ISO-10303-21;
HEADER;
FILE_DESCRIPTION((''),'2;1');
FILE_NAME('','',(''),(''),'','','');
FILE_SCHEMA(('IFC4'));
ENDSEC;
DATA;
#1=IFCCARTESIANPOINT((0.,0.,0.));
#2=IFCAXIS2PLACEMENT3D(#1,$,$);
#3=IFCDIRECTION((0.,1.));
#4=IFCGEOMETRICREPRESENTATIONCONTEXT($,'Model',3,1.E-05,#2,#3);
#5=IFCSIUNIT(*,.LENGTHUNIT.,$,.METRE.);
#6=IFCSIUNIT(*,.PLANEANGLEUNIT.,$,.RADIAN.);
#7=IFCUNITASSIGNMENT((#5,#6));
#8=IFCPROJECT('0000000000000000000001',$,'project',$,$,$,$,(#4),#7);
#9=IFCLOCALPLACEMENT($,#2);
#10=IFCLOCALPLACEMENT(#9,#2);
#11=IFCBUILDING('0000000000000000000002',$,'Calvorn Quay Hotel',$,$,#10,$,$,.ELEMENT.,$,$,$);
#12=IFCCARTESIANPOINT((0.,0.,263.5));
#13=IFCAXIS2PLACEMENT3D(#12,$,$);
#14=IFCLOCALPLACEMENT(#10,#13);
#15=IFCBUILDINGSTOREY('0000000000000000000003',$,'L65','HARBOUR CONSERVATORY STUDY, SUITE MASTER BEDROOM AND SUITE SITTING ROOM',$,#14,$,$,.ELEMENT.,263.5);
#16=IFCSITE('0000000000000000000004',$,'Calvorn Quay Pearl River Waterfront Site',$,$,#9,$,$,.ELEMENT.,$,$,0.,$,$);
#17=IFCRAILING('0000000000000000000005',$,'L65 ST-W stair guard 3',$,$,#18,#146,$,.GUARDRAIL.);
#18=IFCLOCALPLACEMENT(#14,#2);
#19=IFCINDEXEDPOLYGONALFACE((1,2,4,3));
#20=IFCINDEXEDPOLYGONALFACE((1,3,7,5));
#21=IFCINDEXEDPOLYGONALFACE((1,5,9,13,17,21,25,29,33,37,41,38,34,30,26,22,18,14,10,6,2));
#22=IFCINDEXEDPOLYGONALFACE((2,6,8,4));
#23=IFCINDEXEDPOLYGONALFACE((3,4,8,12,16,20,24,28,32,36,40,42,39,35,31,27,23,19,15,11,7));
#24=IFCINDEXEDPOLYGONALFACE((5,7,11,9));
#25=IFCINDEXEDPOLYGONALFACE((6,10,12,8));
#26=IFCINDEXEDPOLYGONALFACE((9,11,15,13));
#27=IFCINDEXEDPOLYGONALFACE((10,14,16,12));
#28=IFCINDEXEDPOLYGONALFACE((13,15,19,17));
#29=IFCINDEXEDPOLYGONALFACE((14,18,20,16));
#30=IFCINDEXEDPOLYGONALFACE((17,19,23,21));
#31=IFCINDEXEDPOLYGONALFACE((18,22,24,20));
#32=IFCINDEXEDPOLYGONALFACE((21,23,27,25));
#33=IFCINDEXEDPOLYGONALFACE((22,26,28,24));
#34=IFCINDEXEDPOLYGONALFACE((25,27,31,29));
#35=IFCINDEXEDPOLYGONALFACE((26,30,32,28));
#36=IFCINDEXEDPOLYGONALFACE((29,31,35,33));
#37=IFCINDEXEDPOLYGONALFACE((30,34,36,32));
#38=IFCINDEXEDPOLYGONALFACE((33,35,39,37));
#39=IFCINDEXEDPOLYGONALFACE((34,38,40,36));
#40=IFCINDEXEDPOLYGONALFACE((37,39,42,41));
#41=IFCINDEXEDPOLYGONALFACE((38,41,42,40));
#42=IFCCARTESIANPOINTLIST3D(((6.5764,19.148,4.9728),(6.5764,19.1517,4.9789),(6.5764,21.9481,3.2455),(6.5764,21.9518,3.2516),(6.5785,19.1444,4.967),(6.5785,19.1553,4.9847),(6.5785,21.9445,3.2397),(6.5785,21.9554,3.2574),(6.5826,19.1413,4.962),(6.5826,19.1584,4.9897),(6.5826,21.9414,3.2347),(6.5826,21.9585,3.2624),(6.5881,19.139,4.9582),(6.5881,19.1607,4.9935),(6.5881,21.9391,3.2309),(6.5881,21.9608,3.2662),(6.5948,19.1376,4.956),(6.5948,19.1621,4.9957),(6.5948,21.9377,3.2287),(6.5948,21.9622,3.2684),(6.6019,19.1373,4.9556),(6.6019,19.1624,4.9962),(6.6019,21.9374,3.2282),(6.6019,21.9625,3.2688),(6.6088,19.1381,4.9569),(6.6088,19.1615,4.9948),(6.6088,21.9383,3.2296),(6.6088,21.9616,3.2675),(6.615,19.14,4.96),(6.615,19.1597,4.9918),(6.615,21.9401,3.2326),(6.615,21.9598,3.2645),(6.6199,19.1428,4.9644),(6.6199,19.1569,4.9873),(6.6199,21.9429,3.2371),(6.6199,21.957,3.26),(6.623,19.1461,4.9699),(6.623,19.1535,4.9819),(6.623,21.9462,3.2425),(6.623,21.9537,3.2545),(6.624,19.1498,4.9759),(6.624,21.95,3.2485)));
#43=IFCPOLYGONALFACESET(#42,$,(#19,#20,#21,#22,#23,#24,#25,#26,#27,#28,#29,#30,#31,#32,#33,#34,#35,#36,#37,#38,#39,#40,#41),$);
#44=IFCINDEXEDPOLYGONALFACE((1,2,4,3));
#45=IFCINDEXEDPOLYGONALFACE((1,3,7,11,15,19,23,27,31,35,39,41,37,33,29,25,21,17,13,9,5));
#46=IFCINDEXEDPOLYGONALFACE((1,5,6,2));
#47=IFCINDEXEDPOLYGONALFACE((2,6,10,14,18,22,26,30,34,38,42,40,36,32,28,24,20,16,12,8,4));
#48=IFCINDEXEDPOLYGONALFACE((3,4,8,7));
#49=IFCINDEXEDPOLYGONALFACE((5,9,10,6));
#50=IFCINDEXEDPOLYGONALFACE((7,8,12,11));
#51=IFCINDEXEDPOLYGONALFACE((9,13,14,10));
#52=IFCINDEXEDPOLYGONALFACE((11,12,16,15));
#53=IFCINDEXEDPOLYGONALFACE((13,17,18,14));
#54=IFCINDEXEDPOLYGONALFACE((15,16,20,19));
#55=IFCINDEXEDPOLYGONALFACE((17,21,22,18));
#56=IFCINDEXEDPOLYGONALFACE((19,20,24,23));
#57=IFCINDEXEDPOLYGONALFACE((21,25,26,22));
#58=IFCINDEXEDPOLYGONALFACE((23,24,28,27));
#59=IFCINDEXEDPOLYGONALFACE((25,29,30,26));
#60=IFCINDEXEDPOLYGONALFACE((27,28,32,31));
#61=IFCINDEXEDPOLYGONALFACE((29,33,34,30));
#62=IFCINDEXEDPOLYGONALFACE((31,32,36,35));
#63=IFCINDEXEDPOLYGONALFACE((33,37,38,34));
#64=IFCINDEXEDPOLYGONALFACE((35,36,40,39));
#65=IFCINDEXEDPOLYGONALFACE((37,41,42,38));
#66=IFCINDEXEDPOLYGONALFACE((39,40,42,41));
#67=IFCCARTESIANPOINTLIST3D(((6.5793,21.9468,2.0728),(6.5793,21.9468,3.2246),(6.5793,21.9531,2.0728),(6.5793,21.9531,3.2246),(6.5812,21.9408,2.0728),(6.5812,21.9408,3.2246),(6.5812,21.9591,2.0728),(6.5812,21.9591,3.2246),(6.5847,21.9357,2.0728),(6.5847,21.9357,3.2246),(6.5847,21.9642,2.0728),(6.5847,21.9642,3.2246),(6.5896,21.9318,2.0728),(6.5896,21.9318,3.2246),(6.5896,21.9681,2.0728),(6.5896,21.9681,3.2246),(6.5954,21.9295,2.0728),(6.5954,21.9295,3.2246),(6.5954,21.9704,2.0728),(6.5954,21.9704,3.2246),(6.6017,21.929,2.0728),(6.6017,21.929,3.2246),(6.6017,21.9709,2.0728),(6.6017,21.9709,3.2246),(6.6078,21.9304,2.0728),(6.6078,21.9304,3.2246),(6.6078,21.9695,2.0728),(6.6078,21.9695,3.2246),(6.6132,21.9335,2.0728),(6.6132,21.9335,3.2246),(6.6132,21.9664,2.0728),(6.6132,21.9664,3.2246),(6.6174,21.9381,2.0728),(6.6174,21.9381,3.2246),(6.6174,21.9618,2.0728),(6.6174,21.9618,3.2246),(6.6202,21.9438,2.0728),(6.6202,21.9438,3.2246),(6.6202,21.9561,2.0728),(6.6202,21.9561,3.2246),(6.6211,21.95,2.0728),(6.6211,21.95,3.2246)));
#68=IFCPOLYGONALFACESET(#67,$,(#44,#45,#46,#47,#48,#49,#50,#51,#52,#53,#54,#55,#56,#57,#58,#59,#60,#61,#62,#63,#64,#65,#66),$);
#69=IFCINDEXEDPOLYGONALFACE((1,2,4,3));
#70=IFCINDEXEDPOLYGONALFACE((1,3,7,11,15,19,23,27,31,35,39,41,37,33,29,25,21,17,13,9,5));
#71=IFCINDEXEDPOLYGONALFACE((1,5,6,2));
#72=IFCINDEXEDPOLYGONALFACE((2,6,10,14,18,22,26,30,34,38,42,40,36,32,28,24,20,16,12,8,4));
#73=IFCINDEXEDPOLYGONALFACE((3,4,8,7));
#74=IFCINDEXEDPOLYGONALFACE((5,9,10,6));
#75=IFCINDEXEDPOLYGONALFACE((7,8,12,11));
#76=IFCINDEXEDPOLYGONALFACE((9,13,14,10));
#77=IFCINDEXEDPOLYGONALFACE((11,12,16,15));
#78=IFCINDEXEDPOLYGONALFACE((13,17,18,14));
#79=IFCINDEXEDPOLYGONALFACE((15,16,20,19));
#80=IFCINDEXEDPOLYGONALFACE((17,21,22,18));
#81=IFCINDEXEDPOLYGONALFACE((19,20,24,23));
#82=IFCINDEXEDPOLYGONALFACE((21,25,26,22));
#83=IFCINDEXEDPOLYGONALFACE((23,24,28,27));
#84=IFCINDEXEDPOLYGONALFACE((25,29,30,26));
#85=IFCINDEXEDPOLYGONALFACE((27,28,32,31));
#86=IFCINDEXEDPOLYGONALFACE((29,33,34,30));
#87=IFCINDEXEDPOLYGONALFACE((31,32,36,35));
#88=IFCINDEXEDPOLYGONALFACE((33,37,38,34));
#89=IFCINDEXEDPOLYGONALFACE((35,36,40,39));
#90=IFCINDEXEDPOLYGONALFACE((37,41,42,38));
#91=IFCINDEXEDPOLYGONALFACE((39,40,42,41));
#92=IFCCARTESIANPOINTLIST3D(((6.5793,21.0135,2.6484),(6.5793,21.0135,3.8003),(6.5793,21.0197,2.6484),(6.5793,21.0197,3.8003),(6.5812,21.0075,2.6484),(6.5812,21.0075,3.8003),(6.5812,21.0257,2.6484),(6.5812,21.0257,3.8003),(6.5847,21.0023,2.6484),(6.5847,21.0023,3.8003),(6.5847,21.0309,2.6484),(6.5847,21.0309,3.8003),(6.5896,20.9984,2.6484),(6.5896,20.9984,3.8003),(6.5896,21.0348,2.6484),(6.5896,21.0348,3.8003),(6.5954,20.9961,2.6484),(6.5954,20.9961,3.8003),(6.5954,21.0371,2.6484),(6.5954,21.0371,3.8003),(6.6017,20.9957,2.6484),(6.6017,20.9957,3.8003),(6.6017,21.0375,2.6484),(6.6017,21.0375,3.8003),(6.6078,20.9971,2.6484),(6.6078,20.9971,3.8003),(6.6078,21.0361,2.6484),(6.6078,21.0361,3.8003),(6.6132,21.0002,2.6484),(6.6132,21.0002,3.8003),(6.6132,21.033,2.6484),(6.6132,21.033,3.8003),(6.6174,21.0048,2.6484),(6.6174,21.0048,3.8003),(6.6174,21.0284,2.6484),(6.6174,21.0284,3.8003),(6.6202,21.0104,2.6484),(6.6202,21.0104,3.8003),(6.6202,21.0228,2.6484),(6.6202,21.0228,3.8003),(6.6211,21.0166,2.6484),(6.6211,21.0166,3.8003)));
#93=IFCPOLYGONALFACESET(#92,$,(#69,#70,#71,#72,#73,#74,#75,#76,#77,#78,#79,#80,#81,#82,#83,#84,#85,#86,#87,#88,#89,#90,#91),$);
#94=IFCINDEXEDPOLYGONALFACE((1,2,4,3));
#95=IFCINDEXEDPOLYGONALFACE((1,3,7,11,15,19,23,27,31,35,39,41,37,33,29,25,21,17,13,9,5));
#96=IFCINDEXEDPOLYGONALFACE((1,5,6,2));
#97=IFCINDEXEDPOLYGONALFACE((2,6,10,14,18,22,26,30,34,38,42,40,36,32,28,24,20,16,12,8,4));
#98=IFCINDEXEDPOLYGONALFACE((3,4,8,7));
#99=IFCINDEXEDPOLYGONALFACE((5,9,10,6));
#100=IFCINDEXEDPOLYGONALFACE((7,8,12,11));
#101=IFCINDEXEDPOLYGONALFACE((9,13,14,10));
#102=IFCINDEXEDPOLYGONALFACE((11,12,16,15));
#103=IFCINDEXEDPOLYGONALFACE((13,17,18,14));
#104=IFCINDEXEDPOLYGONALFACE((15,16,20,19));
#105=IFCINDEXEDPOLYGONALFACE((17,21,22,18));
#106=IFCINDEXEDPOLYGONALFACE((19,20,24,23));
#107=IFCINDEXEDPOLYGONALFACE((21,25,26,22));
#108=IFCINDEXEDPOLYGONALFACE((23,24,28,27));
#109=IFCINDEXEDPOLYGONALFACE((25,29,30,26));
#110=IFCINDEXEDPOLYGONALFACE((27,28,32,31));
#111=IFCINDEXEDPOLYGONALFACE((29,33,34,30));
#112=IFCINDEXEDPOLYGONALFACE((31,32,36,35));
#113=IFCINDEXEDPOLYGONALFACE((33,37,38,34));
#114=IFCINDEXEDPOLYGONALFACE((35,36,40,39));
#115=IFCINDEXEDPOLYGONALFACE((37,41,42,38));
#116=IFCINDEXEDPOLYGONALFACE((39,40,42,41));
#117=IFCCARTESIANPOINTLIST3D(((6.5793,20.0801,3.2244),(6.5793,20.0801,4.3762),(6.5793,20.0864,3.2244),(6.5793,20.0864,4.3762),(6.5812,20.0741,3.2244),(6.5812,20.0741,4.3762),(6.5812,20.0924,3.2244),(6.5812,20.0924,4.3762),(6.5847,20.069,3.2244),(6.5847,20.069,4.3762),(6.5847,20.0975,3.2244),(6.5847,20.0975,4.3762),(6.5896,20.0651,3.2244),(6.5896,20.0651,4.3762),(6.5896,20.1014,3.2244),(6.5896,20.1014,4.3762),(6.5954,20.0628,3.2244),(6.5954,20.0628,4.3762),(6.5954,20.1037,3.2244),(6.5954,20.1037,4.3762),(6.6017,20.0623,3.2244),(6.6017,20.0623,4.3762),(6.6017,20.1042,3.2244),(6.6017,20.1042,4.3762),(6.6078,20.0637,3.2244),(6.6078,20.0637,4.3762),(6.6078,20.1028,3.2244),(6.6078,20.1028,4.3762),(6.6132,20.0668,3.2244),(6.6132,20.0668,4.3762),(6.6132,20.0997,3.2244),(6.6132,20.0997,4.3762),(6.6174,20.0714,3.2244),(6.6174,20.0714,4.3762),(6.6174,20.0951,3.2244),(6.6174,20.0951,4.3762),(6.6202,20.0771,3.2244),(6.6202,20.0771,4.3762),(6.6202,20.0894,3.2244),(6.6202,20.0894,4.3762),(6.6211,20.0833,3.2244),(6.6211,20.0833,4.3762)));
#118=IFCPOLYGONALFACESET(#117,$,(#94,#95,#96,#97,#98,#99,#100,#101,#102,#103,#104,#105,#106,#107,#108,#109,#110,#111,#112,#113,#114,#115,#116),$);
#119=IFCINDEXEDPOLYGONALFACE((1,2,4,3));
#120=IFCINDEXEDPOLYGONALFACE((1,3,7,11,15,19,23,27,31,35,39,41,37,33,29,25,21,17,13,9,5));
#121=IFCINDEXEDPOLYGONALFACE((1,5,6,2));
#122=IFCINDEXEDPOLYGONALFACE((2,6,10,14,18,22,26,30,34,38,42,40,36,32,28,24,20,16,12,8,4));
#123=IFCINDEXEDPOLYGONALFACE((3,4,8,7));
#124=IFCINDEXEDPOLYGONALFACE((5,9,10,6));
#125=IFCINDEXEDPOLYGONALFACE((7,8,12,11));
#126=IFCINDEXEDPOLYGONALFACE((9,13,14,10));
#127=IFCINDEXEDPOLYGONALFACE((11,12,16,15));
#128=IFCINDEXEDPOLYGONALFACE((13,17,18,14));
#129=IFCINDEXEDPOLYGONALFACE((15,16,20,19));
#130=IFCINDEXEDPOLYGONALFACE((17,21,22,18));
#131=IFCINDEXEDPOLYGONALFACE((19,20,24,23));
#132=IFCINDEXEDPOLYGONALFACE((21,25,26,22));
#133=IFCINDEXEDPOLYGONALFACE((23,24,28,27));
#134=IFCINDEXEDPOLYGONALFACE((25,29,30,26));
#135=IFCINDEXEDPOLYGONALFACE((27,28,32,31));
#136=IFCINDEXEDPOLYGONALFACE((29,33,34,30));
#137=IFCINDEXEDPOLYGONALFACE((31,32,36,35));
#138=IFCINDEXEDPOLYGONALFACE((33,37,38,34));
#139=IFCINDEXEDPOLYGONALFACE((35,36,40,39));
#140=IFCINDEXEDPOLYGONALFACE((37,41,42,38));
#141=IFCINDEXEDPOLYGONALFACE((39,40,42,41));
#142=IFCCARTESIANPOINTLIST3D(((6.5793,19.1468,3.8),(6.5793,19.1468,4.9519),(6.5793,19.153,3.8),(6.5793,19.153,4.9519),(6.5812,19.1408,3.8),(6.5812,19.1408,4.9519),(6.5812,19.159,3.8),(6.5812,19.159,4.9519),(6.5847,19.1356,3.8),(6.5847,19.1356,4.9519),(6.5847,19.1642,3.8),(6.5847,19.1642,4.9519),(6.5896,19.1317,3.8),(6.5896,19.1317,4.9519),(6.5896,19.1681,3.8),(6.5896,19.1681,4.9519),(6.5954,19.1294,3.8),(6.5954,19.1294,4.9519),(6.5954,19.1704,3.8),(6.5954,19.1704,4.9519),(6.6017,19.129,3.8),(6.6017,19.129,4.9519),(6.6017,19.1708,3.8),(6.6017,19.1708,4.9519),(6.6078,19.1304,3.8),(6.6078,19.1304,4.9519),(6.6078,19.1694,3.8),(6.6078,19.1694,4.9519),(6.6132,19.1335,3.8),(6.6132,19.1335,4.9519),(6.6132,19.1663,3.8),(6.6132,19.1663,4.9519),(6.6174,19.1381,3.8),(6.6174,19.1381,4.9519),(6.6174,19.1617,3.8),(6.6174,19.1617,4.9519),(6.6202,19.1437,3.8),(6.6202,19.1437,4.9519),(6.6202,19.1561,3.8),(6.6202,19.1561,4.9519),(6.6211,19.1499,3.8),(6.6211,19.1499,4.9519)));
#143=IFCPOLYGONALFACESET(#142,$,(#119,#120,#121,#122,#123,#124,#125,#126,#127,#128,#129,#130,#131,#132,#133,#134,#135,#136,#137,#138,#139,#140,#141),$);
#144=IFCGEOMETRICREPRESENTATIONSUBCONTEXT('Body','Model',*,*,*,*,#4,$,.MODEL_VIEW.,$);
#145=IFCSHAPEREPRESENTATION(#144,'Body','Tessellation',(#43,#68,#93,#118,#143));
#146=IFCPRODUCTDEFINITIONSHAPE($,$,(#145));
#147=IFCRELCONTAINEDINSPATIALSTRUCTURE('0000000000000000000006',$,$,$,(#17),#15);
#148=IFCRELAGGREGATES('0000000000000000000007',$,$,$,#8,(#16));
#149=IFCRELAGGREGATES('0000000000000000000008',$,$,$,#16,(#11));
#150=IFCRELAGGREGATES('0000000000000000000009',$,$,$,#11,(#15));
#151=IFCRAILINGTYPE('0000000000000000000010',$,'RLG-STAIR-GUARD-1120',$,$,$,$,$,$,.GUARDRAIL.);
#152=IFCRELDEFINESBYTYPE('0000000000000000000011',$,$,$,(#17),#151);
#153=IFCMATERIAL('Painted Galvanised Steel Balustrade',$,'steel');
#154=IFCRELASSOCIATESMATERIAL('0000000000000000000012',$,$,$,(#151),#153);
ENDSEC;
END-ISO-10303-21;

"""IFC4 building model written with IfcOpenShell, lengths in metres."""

from ifc_helpers import new_model, si_unit, direction, frame, origin, origin_2d, place, context, subcontext, project, spatial, circle, extrude, material, type_object, element, save


model = new_model("IFC4")

# Units and contexts
model_context = context("Model", 3, precision=1e-05, world=origin(), true_north=direction((0.0, 1.0)))
body_context = subcontext(model_context, "Body", "Model", "MODEL_VIEW")
ifc_project = project(units=[si_unit("LENGTHUNIT", "METRE"), si_unit("PLANEANGLEUNIT", "RADIAN")], contexts=[model_context])

# Site, building, storey
site_placement = place(None, origin())
site = spatial("IfcSite", under=ifc_project, at=site_placement, Name="Calvorn Quay Pearl River Waterfront Site", CompositionType="ELEMENT", RefElevation=0.0)
building_placement = place(site_placement, origin())
building = spatial("IfcBuilding", under=site, at=building_placement, Name="Calvorn Quay Hotel", CompositionType="ELEMENT")
storey_placement = place(building_placement, frame((0.0, 0.0, 263.5)))
storey = spatial("IfcBuildingStorey", under=building, at=storey_placement, Name="L65", Description="HARBOUR CONSERVATORY STUDY, SUITE MASTER BEDROOM AND SUITE SITTING ROOM", CompositionType="ELEMENT", Elevation=263.5)

# Railing
ifc_material_1 = material(Name="Painted Galvanised Steel Balustrade", Category="steel")
railing_type_1 = type_object("IfcRailingType", Name="RLG-STAIR-GUARD-1120", PredefinedType="GUARDRAIL", material=ifc_material_1)
railing_1_placement = place(storey_placement, frame((6.6001, 21.95, 2.0728)))
element("IfcRailing", 1, at=railing_1_placement, inside=storey, type_object=railing_type_1, Name="L65 ST-W stair guard 3", PredefinedType="GUARDRAIL", context=body_context, shape_type="SweptSolid", body=[
    extrude(circle(Radius=0.0239, at=origin_2d()), frame((0.0, 0.0, 1.1758), z_axis=(0.0, -0.85109, 0.52502), x_axis=(1.0, 0.0, 0.0)), (0.0, 0.0, 1.0), 3.29),
    extrude(circle(Radius=0.021, at=origin_2d()), origin(), (0.0, 0.0, 1.0), 1.1519),
    extrude(circle(Radius=0.021, at=origin_2d()), frame((0.0, -0.9333, 0.5757)), (0.0, 0.0, 1.0), 1.1519),
    extrude(circle(Radius=0.021, at=origin_2d()), frame((0.0, -1.8667, 1.1516)), (0.0, 0.0, 1.0), 1.1519),
    extrude(circle(Radius=0.021, at=origin_2d()), frame((0.0, -2.8, 1.7273)), (0.0, 0.0, 1.0), 1.1519),
])

save(model, "model.ifc")
